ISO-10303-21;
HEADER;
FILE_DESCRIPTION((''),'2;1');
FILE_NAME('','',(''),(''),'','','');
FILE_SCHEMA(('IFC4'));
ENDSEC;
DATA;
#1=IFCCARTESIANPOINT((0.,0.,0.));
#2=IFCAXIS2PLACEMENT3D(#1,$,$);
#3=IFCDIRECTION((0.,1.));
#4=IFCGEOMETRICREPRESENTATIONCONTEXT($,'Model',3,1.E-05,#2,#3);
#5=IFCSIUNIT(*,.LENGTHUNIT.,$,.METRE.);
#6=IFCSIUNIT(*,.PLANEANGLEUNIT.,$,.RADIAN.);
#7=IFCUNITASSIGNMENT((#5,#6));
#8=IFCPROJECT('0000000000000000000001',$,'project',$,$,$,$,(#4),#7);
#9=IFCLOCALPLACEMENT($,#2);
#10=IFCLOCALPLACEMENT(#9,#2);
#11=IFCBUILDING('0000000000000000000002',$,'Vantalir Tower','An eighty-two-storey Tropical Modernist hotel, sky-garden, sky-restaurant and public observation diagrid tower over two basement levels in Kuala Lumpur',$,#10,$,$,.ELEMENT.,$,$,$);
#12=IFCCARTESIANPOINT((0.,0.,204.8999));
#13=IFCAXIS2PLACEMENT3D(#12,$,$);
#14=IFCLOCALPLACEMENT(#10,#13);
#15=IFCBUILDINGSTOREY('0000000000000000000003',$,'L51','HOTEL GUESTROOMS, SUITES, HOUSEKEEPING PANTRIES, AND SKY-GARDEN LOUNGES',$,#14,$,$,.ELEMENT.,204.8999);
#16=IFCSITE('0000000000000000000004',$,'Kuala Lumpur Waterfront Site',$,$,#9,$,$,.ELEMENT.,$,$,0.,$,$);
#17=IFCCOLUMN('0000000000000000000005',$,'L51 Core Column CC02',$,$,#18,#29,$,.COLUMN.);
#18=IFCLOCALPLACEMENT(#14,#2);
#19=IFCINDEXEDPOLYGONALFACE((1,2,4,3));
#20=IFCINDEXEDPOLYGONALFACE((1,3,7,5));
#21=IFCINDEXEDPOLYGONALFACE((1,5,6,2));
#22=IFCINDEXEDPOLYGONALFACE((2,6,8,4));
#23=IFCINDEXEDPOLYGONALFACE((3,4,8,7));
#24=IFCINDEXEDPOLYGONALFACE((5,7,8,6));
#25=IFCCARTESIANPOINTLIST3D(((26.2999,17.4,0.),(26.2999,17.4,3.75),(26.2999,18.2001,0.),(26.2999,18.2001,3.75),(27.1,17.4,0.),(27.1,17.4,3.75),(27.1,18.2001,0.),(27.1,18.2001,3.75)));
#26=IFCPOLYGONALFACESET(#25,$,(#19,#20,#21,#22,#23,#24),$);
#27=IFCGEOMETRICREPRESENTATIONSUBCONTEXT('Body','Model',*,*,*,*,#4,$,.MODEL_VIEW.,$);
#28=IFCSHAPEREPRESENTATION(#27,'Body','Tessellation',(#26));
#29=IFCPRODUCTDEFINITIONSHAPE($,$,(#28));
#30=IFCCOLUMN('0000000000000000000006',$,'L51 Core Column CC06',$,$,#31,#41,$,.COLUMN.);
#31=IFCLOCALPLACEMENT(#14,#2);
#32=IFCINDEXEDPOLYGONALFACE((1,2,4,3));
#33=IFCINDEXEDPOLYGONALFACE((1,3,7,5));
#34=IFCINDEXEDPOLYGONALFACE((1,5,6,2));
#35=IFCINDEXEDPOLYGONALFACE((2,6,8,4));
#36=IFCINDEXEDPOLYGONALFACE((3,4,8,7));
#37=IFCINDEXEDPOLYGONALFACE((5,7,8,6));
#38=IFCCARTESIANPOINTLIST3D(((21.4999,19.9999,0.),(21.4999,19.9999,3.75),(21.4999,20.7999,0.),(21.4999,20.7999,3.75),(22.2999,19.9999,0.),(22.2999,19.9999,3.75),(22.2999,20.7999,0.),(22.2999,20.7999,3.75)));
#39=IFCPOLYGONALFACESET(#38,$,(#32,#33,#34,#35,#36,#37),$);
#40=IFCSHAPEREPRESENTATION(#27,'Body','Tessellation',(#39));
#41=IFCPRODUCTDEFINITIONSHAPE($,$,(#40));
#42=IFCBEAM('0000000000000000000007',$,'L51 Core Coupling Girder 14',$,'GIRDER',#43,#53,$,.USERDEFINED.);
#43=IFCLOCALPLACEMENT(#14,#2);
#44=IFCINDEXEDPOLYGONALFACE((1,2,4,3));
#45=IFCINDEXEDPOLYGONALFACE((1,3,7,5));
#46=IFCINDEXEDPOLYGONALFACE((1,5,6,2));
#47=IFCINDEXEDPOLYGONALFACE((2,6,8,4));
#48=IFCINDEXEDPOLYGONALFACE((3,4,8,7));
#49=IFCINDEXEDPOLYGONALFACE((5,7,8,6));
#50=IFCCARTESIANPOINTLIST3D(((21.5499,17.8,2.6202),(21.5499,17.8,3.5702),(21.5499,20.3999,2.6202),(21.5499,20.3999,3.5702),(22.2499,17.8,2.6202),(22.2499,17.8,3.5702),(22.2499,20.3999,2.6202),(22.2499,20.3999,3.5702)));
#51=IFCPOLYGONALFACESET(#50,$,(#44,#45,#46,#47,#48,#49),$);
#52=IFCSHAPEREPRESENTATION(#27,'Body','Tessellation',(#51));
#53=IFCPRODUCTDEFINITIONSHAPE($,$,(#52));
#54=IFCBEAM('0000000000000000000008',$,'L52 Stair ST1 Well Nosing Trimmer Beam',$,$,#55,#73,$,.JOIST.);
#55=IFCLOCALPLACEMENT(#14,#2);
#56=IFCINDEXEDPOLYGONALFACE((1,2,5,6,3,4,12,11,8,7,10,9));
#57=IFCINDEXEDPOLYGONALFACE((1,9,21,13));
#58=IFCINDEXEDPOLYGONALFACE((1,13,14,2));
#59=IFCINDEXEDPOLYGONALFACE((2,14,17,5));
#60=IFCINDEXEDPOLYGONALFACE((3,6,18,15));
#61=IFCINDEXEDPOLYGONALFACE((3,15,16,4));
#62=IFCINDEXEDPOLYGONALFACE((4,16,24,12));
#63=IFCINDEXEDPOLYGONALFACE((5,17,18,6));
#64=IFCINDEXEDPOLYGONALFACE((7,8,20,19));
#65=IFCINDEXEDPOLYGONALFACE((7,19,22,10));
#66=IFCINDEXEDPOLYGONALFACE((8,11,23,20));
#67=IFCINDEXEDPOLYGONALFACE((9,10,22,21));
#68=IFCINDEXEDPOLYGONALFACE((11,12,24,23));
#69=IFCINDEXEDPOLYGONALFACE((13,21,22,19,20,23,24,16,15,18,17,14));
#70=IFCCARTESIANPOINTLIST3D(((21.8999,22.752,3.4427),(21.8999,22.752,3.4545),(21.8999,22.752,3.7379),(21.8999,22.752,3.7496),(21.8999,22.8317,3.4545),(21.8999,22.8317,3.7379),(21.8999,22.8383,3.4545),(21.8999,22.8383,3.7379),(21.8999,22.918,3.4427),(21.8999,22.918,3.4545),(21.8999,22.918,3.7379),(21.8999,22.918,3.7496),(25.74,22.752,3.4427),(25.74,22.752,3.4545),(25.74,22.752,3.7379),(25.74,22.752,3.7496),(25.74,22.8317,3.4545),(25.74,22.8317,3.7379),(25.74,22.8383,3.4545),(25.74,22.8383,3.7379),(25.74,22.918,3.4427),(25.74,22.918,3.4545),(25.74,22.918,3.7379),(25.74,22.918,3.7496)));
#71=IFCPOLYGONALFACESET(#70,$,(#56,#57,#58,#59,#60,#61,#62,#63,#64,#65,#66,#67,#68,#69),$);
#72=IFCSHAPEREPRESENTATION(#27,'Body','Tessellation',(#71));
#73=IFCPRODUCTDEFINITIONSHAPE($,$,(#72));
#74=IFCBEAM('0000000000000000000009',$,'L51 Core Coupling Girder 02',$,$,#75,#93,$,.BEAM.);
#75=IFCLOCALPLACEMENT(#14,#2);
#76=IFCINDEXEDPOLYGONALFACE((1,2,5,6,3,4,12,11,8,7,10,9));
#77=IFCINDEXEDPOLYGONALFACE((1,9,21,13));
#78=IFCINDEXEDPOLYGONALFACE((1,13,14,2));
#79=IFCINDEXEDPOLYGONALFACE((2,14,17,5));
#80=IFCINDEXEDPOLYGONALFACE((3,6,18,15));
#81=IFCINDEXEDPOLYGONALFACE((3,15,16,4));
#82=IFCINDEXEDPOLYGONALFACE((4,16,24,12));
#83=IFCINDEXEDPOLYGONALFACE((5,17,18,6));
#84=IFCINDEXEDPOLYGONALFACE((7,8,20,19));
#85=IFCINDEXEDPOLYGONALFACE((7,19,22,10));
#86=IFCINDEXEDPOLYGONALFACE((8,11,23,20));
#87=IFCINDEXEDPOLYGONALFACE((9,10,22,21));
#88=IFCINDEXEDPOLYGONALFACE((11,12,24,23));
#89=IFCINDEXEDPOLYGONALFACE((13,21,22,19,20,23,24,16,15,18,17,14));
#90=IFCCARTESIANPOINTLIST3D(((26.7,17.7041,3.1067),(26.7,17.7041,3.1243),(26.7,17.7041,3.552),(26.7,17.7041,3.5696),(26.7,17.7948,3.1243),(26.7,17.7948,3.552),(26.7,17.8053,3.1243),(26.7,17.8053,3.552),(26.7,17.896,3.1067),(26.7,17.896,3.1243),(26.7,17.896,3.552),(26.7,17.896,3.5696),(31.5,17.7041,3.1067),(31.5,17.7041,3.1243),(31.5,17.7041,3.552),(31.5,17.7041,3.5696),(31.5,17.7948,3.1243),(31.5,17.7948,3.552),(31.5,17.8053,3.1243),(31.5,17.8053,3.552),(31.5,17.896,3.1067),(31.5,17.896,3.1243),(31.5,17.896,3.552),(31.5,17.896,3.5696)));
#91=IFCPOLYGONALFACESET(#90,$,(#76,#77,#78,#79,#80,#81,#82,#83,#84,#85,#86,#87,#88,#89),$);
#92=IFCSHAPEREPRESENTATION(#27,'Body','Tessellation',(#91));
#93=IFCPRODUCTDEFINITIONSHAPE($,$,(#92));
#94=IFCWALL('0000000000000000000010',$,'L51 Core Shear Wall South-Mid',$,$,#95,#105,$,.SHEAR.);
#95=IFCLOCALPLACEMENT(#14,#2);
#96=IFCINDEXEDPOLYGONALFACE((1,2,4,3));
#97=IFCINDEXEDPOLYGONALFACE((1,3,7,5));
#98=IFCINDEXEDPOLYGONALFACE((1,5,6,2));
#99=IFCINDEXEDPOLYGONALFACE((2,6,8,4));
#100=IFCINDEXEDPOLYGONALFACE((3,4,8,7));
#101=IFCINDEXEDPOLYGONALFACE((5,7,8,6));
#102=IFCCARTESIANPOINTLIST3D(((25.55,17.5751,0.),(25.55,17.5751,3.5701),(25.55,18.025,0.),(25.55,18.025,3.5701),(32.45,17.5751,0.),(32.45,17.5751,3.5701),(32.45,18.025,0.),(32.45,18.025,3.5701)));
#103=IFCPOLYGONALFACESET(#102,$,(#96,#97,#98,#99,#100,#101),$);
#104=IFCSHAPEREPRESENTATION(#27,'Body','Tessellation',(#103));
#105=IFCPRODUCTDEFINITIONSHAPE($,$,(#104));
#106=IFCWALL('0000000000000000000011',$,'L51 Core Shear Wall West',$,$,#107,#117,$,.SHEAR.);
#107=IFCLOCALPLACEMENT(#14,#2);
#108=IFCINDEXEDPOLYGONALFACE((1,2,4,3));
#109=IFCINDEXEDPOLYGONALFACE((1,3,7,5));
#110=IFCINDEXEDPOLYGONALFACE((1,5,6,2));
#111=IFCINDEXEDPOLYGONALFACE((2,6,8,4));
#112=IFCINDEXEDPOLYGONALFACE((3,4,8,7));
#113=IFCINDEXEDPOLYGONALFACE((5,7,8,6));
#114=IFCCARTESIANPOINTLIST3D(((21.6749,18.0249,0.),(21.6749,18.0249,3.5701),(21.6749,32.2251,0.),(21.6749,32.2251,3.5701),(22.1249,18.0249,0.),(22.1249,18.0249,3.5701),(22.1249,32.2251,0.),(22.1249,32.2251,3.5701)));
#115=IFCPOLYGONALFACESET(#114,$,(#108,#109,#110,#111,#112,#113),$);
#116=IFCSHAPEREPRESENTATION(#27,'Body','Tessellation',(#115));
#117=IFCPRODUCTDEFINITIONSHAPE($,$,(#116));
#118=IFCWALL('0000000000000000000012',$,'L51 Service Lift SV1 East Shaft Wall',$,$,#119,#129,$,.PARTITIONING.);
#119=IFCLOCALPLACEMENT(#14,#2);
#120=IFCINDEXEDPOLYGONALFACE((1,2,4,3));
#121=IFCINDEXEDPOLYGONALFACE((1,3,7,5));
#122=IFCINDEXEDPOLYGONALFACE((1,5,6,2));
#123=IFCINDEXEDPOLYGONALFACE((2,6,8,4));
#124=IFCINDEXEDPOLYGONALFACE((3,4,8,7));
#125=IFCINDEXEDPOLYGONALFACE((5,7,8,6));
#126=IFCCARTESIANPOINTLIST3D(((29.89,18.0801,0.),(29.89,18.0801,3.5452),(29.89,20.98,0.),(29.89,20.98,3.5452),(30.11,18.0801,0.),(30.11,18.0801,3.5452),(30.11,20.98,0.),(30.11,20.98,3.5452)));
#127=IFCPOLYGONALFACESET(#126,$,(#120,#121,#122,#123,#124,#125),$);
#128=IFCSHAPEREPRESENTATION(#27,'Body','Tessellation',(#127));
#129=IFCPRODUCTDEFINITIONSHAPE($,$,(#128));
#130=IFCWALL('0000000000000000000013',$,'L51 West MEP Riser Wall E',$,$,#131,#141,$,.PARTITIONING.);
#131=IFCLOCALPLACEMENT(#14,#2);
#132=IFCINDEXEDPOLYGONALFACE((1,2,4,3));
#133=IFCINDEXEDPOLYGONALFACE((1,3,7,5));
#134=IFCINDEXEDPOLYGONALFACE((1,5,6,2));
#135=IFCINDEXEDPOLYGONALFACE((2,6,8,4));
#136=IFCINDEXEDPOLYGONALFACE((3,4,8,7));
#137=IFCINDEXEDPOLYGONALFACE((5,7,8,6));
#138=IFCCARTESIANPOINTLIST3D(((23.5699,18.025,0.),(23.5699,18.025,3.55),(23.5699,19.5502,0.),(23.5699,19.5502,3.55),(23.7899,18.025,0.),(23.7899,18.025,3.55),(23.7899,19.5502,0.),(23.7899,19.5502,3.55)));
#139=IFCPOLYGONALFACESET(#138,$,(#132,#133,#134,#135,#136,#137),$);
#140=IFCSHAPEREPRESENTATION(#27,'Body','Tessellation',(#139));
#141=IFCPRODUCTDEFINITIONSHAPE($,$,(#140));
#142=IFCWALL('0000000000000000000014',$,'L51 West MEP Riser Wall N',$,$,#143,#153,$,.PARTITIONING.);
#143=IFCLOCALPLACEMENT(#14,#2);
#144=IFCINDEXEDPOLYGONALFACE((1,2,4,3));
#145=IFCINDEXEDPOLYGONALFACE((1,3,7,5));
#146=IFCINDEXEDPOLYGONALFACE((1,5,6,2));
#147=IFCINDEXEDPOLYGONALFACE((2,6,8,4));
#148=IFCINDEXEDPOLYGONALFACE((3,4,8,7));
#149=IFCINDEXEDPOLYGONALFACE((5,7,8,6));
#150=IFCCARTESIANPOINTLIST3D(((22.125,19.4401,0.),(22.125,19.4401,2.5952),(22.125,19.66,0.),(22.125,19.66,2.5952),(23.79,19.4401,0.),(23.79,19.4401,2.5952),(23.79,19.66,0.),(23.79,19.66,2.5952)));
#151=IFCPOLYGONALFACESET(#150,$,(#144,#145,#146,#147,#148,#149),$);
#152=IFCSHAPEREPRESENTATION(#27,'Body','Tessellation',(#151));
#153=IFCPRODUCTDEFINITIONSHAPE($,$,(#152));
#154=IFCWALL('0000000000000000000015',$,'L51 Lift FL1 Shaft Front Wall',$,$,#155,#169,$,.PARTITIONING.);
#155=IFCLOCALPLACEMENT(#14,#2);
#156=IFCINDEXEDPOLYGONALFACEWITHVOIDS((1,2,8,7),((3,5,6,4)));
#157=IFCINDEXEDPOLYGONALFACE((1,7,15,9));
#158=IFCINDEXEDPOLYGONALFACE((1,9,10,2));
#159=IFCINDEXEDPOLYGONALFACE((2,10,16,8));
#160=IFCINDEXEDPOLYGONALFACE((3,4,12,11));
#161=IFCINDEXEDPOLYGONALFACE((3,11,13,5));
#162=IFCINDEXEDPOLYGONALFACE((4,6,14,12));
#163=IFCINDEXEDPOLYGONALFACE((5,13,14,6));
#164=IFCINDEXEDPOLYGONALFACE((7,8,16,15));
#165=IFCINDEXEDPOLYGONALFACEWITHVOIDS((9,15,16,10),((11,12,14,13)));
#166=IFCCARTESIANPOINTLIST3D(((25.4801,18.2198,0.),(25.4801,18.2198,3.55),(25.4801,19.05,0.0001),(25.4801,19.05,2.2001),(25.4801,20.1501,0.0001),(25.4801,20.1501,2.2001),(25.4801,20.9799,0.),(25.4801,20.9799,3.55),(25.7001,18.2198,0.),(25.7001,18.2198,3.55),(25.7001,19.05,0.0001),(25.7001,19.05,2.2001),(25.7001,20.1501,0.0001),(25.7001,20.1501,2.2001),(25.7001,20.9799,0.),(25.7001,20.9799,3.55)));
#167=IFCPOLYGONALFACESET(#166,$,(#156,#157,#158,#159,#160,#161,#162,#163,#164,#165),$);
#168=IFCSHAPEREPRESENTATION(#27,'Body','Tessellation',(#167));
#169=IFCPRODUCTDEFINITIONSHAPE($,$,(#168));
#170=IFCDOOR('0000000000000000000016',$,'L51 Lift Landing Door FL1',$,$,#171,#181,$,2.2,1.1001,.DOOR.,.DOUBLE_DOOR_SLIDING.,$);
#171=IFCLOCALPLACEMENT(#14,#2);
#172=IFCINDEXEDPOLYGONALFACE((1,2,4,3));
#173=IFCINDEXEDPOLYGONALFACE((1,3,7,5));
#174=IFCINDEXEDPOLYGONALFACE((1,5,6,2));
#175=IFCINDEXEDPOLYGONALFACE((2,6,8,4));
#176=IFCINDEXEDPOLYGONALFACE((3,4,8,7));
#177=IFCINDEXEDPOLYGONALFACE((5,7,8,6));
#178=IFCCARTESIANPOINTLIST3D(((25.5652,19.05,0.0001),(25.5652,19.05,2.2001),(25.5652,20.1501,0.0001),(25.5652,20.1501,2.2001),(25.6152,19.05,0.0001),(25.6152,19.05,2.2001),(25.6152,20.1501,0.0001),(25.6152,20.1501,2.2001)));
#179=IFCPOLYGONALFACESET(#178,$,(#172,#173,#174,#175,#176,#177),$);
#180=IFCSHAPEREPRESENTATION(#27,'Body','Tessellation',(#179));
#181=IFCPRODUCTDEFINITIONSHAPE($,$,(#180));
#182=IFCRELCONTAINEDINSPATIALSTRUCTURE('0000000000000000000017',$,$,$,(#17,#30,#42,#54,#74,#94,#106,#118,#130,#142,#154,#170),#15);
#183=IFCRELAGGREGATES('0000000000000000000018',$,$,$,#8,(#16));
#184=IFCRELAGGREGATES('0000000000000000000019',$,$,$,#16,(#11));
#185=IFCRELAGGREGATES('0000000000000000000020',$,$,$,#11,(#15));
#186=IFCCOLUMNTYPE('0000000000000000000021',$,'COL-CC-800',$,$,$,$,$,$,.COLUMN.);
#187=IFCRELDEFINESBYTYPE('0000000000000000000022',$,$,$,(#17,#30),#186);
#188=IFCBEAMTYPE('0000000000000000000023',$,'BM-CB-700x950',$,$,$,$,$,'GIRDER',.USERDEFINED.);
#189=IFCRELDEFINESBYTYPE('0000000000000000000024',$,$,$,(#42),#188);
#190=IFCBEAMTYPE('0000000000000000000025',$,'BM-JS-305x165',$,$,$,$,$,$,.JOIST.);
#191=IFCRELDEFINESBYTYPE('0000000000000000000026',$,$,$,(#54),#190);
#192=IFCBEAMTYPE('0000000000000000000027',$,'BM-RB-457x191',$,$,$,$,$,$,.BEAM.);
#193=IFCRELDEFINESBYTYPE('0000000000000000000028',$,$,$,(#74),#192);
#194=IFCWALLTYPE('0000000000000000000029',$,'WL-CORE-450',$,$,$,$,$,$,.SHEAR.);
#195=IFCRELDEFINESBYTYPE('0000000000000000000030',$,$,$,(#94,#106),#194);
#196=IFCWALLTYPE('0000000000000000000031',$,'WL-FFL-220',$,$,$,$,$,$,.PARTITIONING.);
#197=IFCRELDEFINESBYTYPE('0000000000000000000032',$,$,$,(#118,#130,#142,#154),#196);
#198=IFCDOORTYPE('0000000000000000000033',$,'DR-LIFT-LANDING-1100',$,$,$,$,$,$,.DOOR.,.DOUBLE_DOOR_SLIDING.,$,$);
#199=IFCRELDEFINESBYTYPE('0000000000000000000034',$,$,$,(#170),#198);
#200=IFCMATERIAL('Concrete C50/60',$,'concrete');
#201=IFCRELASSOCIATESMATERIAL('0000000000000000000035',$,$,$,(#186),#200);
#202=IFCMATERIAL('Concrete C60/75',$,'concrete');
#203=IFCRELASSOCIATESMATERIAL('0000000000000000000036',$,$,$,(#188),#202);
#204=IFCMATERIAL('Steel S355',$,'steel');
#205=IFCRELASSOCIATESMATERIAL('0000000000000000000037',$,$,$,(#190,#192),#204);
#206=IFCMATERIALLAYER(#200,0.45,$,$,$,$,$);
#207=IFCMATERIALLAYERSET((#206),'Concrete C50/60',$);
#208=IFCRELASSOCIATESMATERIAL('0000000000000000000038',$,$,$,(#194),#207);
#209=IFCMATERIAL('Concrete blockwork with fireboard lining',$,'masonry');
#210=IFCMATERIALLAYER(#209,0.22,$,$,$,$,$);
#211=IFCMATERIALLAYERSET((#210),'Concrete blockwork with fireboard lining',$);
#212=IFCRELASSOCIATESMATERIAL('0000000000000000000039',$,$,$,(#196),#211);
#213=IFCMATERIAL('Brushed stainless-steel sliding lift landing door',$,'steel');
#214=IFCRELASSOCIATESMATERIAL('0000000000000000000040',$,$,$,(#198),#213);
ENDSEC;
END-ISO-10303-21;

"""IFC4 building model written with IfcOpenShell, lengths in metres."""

from ifc_helpers import new_model, si_unit, direction, frame, frame_2d, origin, origin_2d, place, context, subcontext, project, spatial, rectangle, i_section, extrude, material, layer, layer_set, material_profile, profile_set, type_object, element, fill, save


model = new_model("IFC4")

# Units and contexts
model_context = context("Model", 3, precision=1e-05, world=origin(), true_north=direction((0.0, 1.0)))
body_context = subcontext(model_context, "Body", "Model", "MODEL_VIEW")
ifc_project = project(units=[si_unit("LENGTHUNIT", "METRE"), si_unit("PLANEANGLEUNIT", "RADIAN")], contexts=[model_context])

# Site, building, storey
site_placement = place(None, origin())
site = spatial("IfcSite", under=ifc_project, at=site_placement, Name="Kuala Lumpur Waterfront Site", CompositionType="ELEMENT", RefElevation=0.0)
building_placement = place(site_placement, origin())
building = spatial("IfcBuilding", under=site, at=building_placement, Name="Vantalir Tower", Description="An eighty-two-storey Tropical Modernist hotel, sky-garden, sky-restaurant and public observation diagrid tower over two basement levels in Kuala Lumpur", CompositionType="ELEMENT")
storey_placement = place(building_placement, frame((0.0, 0.0, 204.8999)))
storey = spatial("IfcBuildingStorey", under=building, at=storey_placement, Name="L51", Description="HOTEL GUESTROOMS, SUITES, HOUSEKEEPING PANTRIES, AND SKY-GARDEN LOUNGES", CompositionType="ELEMENT", Elevation=204.8999)

# Columns
ifc_material_1 = material(Name="Concrete C50/60", Category="concrete")
ifc_material_profile_1 = material_profile(ifc_material_1, rectangle(XDim=0.8, YDim=0.8, at=origin_2d()), Name="Concrete C50/60")
ifc_profile_set_1 = profile_set([ifc_material_profile_1], Name="Concrete C50/60")
column_type = type_object("IfcColumnType", Name="COL-CC-800", PredefinedType="COLUMN", material=ifc_profile_set_1)
for number, where, z_axis, x_axis, name in (
    (1, (26.7, 17.8, 0.0), (0.0, 0.0, 1.0), (1.0, 0.0, 0.0), "L51 Core Column CC02"),
    (2, (21.8999, 20.3999, 0.0), (0.0, 0.0, 1.0), (1.0, 0.0, 0.0), "L51 Core Column CC06"),
):
    element("IfcColumn", number, at=place(storey_placement, frame(where, z_axis=z_axis, x_axis=x_axis)), inside=storey, type_object=column_type, Name=name, PredefinedType="COLUMN", context=body_context, shape_type="SweptSolid", body=[
        extrude(rectangle(XDim=0.8, YDim=0.8, at=origin_2d()), origin(), (0.0, 0.0, 1.0), 3.75),
    ])

# Beams
ifc_material_2 = material(Name="Concrete C60/75", Category="concrete")
ifc_material_profile_2 = material_profile(ifc_material_2, rectangle(XDim=0.7, YDim=0.95, at=origin_2d()), Name="Concrete C60/75")
ifc_profile_set_2 = profile_set([ifc_material_profile_2], Name="Concrete C60/75")
beam_type_1 = type_object("IfcBeamType", Name="BM-CB-700x950", ElementType="GIRDER", PredefinedType="USERDEFINED", material=ifc_profile_set_2)
beam_1_placement = place(storey_placement, frame((21.8999, 20.3999, 3.0952), z_axis=(0.0, -1.0, 0.0), x_axis=(1.0, 0.0, 0.0)))
element("IfcBeam", 3, at=beam_1_placement, inside=storey, type_object=beam_type_1, Name="L51 Core Coupling Girder 14", ObjectType="GIRDER", PredefinedType="USERDEFINED", context=body_context, shape_type="SweptSolid", body=[
    extrude(rectangle(XDim=0.7, YDim=0.95, at=origin_2d()), origin(), (0.0, 0.0, 1.0), 2.5999),
])
ifc_material_3 = material(Name="Steel S355", Category="steel")
ifc_material_profile_3 = material_profile(ifc_material_3, i_section(OverallWidth=0.166, OverallDepth=0.3069, WebThickness=0.0066, FlangeThickness=0.0117, at=origin_2d()), Name="Steel S355")
ifc_profile_set_3 = profile_set([ifc_material_profile_3], Name="Steel S355")
beam_type_2 = type_object("IfcBeamType", Name="BM-JS-305x165", PredefinedType="JOIST", material=ifc_profile_set_3)
beam_2_placement = place(storey_placement, frame((21.8999, 22.835, 3.5962), z_axis=(1.0, 0.0, 0.0), x_axis=(0.0, 1.0, 0.0)))
element("IfcBeam", 4, at=beam_2_placement, inside=storey, type_object=beam_type_2, Name="L52 Stair ST1 Well Nosing Trimmer Beam", PredefinedType="JOIST", context=body_context, shape_type="SweptSolid", body=[
    extrude(i_section(OverallWidth=0.166, OverallDepth=0.3069, WebThickness=0.0066, FlangeThickness=0.0117, at=origin_2d()), origin(), (0.0, 0.0, 1.0), 3.8401),
])
ifc_material_profile_4 = material_profile(ifc_material_3, i_section(OverallWidth=0.1919, OverallDepth=0.4629, WebThickness=0.0105, FlangeThickness=0.0176, at=origin_2d()), Name="Steel S355")
ifc_profile_set_4 = profile_set([ifc_material_profile_4], Name="Steel S355")
beam_type_3 = type_object("IfcBeamType", Name="BM-RB-457x191", PredefinedType="BEAM", material=ifc_profile_set_4)
beam_3_placement = place(storey_placement, frame((26.7, 17.8, 3.3381), z_axis=(1.0, 0.0, 0.0), x_axis=(0.0, 1.0, 0.0)))
element("IfcBeam", 5, at=beam_3_placement, inside=storey, type_object=beam_type_3, Name="L51 Core Coupling Girder 02", PredefinedType="BEAM", context=body_context, shape_type="SweptSolid", body=[
    extrude(i_section(OverallWidth=0.1919, OverallDepth=0.4629, WebThickness=0.0105, FlangeThickness=0.0176, at=origin_2d()), origin(), (0.0, 0.0, 1.0), 4.8),
])

# Walls
ifc_layer_1 = layer(ifc_material_1, 0.45)
ifc_layer_set_1 = layer_set([ifc_layer_1], Name="Concrete C50/60")
wall_type_1 = type_object("IfcWallType", Name="WL-CORE-450", PredefinedType="SHEAR", material=ifc_layer_set_1)
wall_1_placement = place(storey_placement, frame((25.55, 17.8, 0.0), z_axis=(0.0, 0.0, 1.0), x_axis=(1.0, 0.0, 0.0)))
element("IfcWall", 6, at=wall_1_placement, inside=storey, type_object=wall_type_1, Name="L51 Core Shear Wall South-Mid", PredefinedType="SHEAR", context=body_context, shape_type="SweptSolid", body=[
    extrude(rectangle(XDim=6.8999, YDim=0.45, at=frame_2d((3.45, 0.0))), origin(), (0.0, 0.0, 1.0), 3.5701),
])
wall_2_placement = place(storey_placement, frame((21.8999, 18.0249, 0.0), z_axis=(0.0, 0.0, 1.0), x_axis=(0.0, 1.0, 0.0)))
element("IfcWall", 7, at=wall_2_placement, inside=storey, type_object=wall_type_1, Name="L51 Core Shear Wall West", PredefinedType="SHEAR", context=body_context, shape_type="SweptSolid", body=[
    extrude(rectangle(XDim=14.2002, YDim=0.45, at=frame_2d((7.1001, 0.0))), origin(), (0.0, 0.0, 1.0), 3.5701),
])
ifc_material_4 = material(Name="Concrete blockwork with fireboard lining", Category="masonry")
ifc_layer_2 = layer(ifc_material_4, 0.22)
ifc_layer_set_2 = layer_set([ifc_layer_2], Name="Concrete blockwork with fireboard lining")
wall_type_2 = type_object("IfcWallType", Name="WL-FFL-220", PredefinedType="PARTITIONING", material=ifc_layer_set_2)
wall_3_placement = place(storey_placement, frame((30.0, 18.0801, 0.0), z_axis=(0.0, 0.0, 1.0), x_axis=(0.0, 1.0, 0.0)))
element("IfcWall", 8, at=wall_3_placement, inside=storey, type_object=wall_type_2, Name="L51 Service Lift SV1 East Shaft Wall", PredefinedType="PARTITIONING", context=body_context, shape_type="SweptSolid", body=[
    extrude(rectangle(XDim=2.8999, YDim=0.22, at=frame_2d((1.45, 0.0))), origin(), (0.0, 0.0, 1.0), 3.5452),
])
wall_4_placement = place(storey_placement, frame((23.6799, 18.0249, 0.0), z_axis=(0.0, 0.0, 1.0), x_axis=(0.0, 1.0, 0.0)))
element("IfcWall", 9, at=wall_4_placement, inside=storey, type_object=wall_type_2, Name="L51 West MEP Riser Wall E", PredefinedType="PARTITIONING", context=body_context, shape_type="SweptSolid", body=[
    extrude(rectangle(XDim=1.5251, YDim=0.22, at=frame_2d((0.7627, 0.0))), origin(), (0.0, 0.0, 1.0), 3.55),
])
wall_5_placement = place(storey_placement, frame((22.125, 19.55, 0.0), z_axis=(0.0, 0.0, 1.0), x_axis=(1.0, 0.0, 0.0)))
element("IfcWall", 10, at=wall_5_placement, inside=storey, type_object=wall_type_2, Name="L51 West MEP Riser Wall N", PredefinedType="PARTITIONING", context=body_context, shape_type="SweptSolid", body=[
    extrude(rectangle(XDim=1.665, YDim=0.22, at=frame_2d((0.8325, 0.0))), origin(), (0.0, 0.0, 1.0), 2.5952),
])

# Wall, opening, door
wall_6_placement = place(storey_placement, frame((25.5901, 18.22, 0.0), z_axis=(0.0, 0.0, 1.0), x_axis=(0.0, 1.0, 0.0)))
wall_6 = element("IfcWall", 11, at=wall_6_placement, inside=storey, type_object=wall_type_2, Name="L51 Lift FL1 Shaft Front Wall", PredefinedType="PARTITIONING", context=body_context, shape_type="SweptSolid", body=[
    extrude(rectangle(XDim=2.76, YDim=0.22, at=frame_2d((1.3799, 0.0))), origin(), (0.0, 0.0, 1.0), 3.55),
])
opening_1_placement = place(wall_6_placement, frame((0.8301, 0.0, 0.0)))
opening_1 = element("IfcOpeningElement", 12, at=opening_1_placement, cuts=wall_6, PredefinedType="OPENING", context=body_context, shape_type="SweptSolid", body=[
    extrude(rectangle(XDim=1.1001, YDim=2.2, at=frame_2d((0.55, 1.1001))), frame((0.0, 0.1199, 0.0), z_axis=(0.0, -1.0, 0.0), x_axis=(1.0, 0.0, 0.0)), (0.0, 0.0, 1.0), 0.24),
])
ifc_material_5 = material(Name="Brushed stainless-steel sliding lift landing door", Category="steel")
door_type_1 = type_object("IfcDoorType", Name="DR-LIFT-LANDING-1100", OperationType="DOUBLE_DOOR_SLIDING", PredefinedType="DOOR", material=ifc_material_5)
door_1_placement = place(opening_1_placement, origin())
door_1 = element("IfcDoor", 13, at=door_1_placement, inside=storey, type_object=door_type_1, Name="L51 Lift Landing Door FL1", OperationType="DOUBLE_DOOR_SLIDING", OverallHeight=2.2, OverallWidth=1.1001, PredefinedType="DOOR", context=body_context, shape_type="SweptSolid", body=[
    extrude(rectangle(XDim=1.1001, YDim=2.2, at=frame_2d((0.55, 1.1001))), frame((0.0, 0.0249, 0.0), z_axis=(0.0, -1.0, 0.0), x_axis=(1.0, 0.0, 0.0)), (0.0, 0.0, 1.0), 0.05),
])
fill(opening_1, door_1)

save(model, "model.ifc")
